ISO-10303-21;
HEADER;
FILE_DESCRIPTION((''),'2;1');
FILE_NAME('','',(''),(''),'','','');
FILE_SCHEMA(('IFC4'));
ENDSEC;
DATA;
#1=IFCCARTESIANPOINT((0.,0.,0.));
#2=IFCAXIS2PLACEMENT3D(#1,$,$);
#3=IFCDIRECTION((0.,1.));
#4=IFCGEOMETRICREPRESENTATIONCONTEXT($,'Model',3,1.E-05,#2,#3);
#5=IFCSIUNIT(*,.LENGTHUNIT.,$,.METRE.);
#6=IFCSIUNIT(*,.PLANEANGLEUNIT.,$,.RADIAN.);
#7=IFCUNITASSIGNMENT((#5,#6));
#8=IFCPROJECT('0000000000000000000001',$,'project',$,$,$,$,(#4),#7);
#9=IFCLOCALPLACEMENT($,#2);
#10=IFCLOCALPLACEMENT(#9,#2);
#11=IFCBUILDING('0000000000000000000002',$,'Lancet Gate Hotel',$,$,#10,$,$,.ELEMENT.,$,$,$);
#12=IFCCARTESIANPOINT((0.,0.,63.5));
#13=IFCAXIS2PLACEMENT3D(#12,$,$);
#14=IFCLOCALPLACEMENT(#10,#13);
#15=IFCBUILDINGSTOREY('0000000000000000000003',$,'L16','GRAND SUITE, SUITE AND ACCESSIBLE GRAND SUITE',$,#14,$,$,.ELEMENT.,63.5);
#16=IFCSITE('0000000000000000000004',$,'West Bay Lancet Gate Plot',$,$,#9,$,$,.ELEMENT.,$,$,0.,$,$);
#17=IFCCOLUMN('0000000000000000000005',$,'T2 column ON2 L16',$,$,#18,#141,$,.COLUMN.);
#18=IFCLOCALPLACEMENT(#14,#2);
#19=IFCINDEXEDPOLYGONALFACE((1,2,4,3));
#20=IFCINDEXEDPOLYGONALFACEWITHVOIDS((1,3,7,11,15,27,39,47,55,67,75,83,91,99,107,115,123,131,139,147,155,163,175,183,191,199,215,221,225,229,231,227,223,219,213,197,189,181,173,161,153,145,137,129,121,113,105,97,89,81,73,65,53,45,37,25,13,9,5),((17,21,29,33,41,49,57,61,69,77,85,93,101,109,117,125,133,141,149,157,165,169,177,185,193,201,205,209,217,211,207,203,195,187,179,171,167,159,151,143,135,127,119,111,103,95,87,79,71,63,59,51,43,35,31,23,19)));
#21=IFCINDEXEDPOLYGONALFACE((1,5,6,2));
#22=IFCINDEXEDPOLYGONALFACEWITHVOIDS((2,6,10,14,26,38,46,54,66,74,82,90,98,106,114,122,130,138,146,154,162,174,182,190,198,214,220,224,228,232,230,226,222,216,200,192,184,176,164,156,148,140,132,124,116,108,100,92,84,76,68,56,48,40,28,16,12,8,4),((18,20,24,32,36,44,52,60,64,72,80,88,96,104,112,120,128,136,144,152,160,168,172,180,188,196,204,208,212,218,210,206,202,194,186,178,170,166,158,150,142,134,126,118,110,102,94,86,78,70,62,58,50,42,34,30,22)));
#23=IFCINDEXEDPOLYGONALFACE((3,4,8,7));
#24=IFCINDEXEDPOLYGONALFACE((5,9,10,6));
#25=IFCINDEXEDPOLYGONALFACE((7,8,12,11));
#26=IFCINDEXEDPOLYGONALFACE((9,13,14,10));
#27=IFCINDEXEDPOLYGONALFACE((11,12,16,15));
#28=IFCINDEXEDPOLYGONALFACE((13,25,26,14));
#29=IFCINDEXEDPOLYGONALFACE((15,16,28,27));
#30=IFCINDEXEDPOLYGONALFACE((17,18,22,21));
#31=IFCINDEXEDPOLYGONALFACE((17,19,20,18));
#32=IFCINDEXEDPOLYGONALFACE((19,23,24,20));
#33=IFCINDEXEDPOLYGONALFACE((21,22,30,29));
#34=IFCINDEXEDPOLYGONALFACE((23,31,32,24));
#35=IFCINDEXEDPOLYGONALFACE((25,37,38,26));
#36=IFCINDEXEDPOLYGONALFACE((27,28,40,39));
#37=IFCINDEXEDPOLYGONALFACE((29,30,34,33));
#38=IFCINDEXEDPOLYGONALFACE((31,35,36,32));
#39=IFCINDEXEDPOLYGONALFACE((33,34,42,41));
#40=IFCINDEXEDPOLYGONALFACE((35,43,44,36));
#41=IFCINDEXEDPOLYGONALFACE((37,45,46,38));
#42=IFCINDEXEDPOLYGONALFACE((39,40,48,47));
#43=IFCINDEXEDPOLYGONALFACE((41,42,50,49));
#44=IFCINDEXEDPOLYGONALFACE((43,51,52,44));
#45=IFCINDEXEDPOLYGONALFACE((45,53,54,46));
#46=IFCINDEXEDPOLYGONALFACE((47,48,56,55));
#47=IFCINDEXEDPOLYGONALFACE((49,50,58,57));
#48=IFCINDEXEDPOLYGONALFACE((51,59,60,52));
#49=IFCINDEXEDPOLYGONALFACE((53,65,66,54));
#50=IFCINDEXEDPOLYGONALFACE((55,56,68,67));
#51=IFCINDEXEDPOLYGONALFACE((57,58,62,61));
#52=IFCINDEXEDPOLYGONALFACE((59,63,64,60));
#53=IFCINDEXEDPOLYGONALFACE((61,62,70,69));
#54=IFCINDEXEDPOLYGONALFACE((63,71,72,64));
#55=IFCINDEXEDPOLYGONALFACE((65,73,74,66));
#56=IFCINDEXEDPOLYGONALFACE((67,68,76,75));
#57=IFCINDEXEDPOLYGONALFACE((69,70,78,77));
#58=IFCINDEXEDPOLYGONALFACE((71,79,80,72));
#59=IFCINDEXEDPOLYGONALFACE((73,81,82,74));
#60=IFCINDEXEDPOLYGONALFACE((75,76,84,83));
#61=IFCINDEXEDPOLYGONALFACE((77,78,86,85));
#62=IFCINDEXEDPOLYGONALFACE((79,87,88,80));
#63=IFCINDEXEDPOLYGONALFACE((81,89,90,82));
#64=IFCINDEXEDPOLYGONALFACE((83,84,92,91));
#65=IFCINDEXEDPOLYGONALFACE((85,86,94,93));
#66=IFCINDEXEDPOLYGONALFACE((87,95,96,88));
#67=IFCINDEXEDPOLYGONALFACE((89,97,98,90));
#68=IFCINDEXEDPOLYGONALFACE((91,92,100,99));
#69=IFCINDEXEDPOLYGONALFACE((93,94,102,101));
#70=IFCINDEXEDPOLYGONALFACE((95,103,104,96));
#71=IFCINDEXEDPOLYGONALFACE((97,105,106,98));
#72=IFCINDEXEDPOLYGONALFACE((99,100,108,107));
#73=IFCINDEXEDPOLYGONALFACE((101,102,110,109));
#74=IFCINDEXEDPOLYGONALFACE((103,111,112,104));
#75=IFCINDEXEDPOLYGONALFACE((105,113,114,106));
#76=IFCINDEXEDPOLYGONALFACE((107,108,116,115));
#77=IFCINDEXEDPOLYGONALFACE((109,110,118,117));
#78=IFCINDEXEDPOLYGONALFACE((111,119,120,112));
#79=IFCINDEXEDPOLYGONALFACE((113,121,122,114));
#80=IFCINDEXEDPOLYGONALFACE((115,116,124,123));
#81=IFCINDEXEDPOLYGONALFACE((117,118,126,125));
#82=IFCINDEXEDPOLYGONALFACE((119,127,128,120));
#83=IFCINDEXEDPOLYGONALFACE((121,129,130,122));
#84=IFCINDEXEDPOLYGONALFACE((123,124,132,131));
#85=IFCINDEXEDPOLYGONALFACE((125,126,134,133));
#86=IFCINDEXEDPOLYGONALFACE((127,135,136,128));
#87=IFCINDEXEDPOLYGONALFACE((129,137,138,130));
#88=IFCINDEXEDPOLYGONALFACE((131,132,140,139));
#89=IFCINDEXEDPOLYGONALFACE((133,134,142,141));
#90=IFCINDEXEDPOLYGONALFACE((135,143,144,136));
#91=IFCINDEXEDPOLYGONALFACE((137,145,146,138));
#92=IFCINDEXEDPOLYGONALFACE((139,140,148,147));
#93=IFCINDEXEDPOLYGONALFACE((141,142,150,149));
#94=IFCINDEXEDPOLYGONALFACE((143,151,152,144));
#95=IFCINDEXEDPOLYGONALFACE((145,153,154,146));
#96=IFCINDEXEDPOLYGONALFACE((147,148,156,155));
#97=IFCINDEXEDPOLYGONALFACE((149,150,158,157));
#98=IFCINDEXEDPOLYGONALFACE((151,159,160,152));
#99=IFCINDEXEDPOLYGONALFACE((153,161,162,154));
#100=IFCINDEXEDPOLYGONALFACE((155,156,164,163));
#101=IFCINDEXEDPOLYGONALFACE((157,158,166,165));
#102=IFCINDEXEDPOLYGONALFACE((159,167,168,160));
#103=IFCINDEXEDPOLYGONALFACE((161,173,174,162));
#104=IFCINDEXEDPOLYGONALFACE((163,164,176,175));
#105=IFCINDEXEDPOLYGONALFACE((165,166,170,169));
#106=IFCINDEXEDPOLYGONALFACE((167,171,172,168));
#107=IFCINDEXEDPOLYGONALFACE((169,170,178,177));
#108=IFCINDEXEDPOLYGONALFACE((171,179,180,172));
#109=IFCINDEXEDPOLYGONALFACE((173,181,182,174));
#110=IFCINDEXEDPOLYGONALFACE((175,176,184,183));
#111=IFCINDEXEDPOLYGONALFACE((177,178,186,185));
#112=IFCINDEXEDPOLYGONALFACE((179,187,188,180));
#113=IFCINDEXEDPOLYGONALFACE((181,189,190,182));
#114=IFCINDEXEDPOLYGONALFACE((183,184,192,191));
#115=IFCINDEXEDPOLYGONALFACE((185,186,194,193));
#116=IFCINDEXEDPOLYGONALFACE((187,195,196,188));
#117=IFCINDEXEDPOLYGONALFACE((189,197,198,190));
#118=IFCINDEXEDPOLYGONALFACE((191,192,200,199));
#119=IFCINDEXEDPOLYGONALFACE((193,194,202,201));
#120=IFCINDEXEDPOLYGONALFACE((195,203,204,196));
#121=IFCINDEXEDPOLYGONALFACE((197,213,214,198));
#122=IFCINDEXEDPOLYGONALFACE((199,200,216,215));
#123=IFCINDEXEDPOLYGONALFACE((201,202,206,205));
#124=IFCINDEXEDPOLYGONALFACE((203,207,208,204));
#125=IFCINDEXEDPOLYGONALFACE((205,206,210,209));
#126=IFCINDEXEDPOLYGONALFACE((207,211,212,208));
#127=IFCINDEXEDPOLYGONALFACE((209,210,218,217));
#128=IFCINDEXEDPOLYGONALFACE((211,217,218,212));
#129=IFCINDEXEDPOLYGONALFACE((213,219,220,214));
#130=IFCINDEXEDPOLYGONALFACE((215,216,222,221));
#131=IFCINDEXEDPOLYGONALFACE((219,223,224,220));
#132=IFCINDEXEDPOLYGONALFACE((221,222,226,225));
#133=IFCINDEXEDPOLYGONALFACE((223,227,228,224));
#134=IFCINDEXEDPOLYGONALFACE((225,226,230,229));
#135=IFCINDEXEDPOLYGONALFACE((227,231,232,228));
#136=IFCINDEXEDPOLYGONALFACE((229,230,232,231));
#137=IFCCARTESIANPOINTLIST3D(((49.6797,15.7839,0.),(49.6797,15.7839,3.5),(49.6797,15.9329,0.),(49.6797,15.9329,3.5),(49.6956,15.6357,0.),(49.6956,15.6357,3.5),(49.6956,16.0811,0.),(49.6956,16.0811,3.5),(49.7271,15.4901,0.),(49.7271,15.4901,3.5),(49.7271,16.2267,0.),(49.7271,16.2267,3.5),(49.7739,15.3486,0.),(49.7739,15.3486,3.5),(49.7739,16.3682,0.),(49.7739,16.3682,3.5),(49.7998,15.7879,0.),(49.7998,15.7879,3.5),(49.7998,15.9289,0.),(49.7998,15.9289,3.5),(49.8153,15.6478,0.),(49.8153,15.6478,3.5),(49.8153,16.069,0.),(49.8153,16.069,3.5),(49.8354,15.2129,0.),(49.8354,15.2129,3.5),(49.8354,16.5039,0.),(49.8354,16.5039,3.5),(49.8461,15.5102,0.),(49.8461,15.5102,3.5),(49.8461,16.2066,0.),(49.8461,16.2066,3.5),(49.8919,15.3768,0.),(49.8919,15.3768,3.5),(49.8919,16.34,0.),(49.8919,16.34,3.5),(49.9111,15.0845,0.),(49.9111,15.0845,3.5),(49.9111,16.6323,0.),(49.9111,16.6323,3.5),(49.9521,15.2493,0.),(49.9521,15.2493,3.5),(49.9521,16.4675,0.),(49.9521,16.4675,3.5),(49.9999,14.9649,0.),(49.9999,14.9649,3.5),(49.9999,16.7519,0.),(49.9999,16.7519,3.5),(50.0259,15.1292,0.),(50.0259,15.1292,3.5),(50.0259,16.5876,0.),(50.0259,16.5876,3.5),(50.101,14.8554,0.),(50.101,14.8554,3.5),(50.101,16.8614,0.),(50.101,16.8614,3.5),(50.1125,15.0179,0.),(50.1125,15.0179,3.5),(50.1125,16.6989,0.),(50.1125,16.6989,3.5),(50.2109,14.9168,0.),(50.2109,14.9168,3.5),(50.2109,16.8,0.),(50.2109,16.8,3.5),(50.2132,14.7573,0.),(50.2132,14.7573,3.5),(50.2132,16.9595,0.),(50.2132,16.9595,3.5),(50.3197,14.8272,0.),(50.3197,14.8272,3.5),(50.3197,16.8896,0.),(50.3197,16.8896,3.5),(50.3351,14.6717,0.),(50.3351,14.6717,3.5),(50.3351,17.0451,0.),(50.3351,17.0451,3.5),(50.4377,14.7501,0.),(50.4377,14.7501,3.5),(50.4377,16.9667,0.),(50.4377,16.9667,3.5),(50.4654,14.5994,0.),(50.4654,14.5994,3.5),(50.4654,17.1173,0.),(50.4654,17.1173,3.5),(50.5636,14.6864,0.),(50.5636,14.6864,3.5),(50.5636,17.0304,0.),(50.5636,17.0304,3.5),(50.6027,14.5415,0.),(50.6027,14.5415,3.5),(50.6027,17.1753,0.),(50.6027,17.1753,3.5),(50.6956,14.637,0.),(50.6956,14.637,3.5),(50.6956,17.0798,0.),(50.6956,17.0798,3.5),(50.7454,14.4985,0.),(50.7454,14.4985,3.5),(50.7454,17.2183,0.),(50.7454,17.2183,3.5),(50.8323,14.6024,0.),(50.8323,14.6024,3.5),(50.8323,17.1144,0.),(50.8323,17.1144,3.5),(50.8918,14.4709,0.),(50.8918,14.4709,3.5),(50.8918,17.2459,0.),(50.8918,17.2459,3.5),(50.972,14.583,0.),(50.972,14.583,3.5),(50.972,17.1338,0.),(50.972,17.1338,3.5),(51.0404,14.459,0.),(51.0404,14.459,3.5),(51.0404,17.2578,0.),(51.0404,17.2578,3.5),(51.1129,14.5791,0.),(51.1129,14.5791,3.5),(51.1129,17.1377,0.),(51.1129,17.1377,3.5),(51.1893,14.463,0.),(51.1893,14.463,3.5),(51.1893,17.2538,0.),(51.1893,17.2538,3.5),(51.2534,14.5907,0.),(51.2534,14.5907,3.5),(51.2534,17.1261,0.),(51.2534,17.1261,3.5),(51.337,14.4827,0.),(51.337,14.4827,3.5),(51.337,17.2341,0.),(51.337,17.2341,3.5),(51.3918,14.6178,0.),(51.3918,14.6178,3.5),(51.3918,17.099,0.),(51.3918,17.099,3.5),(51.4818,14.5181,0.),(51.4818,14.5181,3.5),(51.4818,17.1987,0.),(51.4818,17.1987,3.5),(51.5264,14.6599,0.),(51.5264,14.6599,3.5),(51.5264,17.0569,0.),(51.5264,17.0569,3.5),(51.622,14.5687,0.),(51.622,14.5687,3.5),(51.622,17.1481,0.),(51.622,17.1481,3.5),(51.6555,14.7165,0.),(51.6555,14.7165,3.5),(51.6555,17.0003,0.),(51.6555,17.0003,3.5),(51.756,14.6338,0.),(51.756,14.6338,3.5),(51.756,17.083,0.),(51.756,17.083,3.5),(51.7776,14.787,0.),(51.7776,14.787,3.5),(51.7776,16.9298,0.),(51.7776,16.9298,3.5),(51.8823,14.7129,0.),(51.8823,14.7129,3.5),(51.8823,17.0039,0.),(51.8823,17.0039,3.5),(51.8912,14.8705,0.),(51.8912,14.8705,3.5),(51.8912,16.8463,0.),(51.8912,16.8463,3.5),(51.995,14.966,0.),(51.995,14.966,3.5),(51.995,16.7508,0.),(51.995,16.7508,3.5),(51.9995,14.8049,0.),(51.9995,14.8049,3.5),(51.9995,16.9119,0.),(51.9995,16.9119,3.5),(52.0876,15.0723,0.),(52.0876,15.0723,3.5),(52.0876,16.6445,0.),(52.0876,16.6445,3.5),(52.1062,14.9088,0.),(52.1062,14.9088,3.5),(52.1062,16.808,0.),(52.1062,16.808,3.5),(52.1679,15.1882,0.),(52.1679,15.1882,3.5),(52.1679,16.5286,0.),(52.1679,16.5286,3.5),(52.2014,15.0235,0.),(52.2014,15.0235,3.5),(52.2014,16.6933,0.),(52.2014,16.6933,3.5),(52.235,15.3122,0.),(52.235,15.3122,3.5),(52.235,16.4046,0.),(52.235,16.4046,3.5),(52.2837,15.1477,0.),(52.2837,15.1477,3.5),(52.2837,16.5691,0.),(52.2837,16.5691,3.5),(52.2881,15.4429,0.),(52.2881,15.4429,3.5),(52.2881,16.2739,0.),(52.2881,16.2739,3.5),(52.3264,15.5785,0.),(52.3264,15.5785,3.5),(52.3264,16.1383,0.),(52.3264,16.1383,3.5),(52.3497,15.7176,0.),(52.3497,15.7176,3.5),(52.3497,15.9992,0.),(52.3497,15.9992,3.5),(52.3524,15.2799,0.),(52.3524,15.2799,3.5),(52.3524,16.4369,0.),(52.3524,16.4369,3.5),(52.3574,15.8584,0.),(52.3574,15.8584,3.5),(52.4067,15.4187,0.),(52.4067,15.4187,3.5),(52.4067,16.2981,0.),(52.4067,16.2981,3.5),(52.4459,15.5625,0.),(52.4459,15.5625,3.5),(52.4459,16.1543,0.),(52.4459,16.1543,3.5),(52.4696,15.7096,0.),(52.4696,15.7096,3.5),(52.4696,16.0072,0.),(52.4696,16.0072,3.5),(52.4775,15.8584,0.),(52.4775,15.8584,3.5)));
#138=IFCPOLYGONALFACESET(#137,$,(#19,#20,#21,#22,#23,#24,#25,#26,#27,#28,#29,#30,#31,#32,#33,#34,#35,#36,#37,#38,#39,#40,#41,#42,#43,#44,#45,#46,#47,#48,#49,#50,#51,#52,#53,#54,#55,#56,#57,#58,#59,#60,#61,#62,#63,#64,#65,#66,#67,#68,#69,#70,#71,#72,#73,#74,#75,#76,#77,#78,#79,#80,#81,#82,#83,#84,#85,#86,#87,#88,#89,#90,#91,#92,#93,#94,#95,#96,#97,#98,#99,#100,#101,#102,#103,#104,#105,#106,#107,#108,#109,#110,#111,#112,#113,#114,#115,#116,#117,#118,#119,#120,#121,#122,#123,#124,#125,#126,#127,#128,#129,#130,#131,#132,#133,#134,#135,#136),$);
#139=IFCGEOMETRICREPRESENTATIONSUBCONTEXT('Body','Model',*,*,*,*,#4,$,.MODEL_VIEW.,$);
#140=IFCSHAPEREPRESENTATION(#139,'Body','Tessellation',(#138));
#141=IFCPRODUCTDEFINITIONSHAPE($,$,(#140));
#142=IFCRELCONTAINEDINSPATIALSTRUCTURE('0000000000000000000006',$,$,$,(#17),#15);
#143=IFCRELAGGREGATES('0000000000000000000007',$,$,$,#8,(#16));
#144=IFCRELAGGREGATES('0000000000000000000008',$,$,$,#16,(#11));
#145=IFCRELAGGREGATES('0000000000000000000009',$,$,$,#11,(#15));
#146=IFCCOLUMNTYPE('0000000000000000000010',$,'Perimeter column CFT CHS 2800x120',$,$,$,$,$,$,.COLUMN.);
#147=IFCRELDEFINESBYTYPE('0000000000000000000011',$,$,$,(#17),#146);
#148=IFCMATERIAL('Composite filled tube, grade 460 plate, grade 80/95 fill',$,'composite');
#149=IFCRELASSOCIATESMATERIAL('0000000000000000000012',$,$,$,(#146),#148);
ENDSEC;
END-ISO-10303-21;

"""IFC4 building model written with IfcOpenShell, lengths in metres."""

from ifc_helpers import new_model, si_unit, direction, frame, origin, origin_2d, place, context, subcontext, project, spatial, hollow_circle, extrude, material, material_profile, profile_set, type_object, element, save


model = new_model("IFC4")

# Units and contexts
model_context = context("Model", 3, precision=1e-05, world=origin(), true_north=direction((0.0, 1.0)))
body_context = subcontext(model_context, "Body", "Model", "MODEL_VIEW")
ifc_project = project(units=[si_unit("LENGTHUNIT", "METRE"), si_unit("PLANEANGLEUNIT", "RADIAN")], contexts=[model_context])

# Site, building, storey
site_placement = place(None, origin())
site = spatial("IfcSite", under=ifc_project, at=site_placement, Name="West Bay Lancet Gate Plot", CompositionType="ELEMENT", RefElevation=0.0)
building_placement = place(site_placement, origin())
building = spatial("IfcBuilding", under=site, at=building_placement, Name="Lancet Gate Hotel", CompositionType="ELEMENT")
storey_placement = place(building_placement, frame((0.0, 0.0, 63.5)))
storey = spatial("IfcBuildingStorey", under=building, at=storey_placement, Name="L16", Description="GRAND SUITE, SUITE AND ACCESSIBLE GRAND SUITE", CompositionType="ELEMENT", Elevation=63.5)

# Column
ifc_material_1 = material(Name="Composite filled tube, grade 460 plate, grade 80/95 fill", Category="composite")
ifc_material_profile_1 = material_profile(ifc_material_1, hollow_circle(Radius=1.3999, WallThickness=0.1201, at=origin_2d()), Name="CHS 2800x120")
ifc_profile_set_1 = profile_set([ifc_material_profile_1], Name="Composite filled tube, grade 460 plate, grade 80/95 fill")
column_type = type_object("IfcColumnType", Name="Perimeter column CFT CHS 2800x120", PredefinedType="COLUMN", material=ifc_profile_set_1)
for number, where, z_axis, x_axis, name in (
    (1, (51.0776, 15.8584, 0.0), (0.0, 0.0, 1.0), (1.0, 0.0, 0.0), "T2 column ON2 L16"),
):
    element("IfcColumn", number, at=place(storey_placement, frame(where, z_axis=z_axis, x_axis=x_axis)), inside=storey, type_object=column_type, Name=name, PredefinedType="COLUMN", context=body_context, shape_type="SweptSolid", body=[
        extrude(hollow_circle(Radius=1.3999, WallThickness=0.1201, at=origin_2d()), origin(), (0.0, 0.0, 1.0), 3.5),
    ])

save(model, "model.ifc")
